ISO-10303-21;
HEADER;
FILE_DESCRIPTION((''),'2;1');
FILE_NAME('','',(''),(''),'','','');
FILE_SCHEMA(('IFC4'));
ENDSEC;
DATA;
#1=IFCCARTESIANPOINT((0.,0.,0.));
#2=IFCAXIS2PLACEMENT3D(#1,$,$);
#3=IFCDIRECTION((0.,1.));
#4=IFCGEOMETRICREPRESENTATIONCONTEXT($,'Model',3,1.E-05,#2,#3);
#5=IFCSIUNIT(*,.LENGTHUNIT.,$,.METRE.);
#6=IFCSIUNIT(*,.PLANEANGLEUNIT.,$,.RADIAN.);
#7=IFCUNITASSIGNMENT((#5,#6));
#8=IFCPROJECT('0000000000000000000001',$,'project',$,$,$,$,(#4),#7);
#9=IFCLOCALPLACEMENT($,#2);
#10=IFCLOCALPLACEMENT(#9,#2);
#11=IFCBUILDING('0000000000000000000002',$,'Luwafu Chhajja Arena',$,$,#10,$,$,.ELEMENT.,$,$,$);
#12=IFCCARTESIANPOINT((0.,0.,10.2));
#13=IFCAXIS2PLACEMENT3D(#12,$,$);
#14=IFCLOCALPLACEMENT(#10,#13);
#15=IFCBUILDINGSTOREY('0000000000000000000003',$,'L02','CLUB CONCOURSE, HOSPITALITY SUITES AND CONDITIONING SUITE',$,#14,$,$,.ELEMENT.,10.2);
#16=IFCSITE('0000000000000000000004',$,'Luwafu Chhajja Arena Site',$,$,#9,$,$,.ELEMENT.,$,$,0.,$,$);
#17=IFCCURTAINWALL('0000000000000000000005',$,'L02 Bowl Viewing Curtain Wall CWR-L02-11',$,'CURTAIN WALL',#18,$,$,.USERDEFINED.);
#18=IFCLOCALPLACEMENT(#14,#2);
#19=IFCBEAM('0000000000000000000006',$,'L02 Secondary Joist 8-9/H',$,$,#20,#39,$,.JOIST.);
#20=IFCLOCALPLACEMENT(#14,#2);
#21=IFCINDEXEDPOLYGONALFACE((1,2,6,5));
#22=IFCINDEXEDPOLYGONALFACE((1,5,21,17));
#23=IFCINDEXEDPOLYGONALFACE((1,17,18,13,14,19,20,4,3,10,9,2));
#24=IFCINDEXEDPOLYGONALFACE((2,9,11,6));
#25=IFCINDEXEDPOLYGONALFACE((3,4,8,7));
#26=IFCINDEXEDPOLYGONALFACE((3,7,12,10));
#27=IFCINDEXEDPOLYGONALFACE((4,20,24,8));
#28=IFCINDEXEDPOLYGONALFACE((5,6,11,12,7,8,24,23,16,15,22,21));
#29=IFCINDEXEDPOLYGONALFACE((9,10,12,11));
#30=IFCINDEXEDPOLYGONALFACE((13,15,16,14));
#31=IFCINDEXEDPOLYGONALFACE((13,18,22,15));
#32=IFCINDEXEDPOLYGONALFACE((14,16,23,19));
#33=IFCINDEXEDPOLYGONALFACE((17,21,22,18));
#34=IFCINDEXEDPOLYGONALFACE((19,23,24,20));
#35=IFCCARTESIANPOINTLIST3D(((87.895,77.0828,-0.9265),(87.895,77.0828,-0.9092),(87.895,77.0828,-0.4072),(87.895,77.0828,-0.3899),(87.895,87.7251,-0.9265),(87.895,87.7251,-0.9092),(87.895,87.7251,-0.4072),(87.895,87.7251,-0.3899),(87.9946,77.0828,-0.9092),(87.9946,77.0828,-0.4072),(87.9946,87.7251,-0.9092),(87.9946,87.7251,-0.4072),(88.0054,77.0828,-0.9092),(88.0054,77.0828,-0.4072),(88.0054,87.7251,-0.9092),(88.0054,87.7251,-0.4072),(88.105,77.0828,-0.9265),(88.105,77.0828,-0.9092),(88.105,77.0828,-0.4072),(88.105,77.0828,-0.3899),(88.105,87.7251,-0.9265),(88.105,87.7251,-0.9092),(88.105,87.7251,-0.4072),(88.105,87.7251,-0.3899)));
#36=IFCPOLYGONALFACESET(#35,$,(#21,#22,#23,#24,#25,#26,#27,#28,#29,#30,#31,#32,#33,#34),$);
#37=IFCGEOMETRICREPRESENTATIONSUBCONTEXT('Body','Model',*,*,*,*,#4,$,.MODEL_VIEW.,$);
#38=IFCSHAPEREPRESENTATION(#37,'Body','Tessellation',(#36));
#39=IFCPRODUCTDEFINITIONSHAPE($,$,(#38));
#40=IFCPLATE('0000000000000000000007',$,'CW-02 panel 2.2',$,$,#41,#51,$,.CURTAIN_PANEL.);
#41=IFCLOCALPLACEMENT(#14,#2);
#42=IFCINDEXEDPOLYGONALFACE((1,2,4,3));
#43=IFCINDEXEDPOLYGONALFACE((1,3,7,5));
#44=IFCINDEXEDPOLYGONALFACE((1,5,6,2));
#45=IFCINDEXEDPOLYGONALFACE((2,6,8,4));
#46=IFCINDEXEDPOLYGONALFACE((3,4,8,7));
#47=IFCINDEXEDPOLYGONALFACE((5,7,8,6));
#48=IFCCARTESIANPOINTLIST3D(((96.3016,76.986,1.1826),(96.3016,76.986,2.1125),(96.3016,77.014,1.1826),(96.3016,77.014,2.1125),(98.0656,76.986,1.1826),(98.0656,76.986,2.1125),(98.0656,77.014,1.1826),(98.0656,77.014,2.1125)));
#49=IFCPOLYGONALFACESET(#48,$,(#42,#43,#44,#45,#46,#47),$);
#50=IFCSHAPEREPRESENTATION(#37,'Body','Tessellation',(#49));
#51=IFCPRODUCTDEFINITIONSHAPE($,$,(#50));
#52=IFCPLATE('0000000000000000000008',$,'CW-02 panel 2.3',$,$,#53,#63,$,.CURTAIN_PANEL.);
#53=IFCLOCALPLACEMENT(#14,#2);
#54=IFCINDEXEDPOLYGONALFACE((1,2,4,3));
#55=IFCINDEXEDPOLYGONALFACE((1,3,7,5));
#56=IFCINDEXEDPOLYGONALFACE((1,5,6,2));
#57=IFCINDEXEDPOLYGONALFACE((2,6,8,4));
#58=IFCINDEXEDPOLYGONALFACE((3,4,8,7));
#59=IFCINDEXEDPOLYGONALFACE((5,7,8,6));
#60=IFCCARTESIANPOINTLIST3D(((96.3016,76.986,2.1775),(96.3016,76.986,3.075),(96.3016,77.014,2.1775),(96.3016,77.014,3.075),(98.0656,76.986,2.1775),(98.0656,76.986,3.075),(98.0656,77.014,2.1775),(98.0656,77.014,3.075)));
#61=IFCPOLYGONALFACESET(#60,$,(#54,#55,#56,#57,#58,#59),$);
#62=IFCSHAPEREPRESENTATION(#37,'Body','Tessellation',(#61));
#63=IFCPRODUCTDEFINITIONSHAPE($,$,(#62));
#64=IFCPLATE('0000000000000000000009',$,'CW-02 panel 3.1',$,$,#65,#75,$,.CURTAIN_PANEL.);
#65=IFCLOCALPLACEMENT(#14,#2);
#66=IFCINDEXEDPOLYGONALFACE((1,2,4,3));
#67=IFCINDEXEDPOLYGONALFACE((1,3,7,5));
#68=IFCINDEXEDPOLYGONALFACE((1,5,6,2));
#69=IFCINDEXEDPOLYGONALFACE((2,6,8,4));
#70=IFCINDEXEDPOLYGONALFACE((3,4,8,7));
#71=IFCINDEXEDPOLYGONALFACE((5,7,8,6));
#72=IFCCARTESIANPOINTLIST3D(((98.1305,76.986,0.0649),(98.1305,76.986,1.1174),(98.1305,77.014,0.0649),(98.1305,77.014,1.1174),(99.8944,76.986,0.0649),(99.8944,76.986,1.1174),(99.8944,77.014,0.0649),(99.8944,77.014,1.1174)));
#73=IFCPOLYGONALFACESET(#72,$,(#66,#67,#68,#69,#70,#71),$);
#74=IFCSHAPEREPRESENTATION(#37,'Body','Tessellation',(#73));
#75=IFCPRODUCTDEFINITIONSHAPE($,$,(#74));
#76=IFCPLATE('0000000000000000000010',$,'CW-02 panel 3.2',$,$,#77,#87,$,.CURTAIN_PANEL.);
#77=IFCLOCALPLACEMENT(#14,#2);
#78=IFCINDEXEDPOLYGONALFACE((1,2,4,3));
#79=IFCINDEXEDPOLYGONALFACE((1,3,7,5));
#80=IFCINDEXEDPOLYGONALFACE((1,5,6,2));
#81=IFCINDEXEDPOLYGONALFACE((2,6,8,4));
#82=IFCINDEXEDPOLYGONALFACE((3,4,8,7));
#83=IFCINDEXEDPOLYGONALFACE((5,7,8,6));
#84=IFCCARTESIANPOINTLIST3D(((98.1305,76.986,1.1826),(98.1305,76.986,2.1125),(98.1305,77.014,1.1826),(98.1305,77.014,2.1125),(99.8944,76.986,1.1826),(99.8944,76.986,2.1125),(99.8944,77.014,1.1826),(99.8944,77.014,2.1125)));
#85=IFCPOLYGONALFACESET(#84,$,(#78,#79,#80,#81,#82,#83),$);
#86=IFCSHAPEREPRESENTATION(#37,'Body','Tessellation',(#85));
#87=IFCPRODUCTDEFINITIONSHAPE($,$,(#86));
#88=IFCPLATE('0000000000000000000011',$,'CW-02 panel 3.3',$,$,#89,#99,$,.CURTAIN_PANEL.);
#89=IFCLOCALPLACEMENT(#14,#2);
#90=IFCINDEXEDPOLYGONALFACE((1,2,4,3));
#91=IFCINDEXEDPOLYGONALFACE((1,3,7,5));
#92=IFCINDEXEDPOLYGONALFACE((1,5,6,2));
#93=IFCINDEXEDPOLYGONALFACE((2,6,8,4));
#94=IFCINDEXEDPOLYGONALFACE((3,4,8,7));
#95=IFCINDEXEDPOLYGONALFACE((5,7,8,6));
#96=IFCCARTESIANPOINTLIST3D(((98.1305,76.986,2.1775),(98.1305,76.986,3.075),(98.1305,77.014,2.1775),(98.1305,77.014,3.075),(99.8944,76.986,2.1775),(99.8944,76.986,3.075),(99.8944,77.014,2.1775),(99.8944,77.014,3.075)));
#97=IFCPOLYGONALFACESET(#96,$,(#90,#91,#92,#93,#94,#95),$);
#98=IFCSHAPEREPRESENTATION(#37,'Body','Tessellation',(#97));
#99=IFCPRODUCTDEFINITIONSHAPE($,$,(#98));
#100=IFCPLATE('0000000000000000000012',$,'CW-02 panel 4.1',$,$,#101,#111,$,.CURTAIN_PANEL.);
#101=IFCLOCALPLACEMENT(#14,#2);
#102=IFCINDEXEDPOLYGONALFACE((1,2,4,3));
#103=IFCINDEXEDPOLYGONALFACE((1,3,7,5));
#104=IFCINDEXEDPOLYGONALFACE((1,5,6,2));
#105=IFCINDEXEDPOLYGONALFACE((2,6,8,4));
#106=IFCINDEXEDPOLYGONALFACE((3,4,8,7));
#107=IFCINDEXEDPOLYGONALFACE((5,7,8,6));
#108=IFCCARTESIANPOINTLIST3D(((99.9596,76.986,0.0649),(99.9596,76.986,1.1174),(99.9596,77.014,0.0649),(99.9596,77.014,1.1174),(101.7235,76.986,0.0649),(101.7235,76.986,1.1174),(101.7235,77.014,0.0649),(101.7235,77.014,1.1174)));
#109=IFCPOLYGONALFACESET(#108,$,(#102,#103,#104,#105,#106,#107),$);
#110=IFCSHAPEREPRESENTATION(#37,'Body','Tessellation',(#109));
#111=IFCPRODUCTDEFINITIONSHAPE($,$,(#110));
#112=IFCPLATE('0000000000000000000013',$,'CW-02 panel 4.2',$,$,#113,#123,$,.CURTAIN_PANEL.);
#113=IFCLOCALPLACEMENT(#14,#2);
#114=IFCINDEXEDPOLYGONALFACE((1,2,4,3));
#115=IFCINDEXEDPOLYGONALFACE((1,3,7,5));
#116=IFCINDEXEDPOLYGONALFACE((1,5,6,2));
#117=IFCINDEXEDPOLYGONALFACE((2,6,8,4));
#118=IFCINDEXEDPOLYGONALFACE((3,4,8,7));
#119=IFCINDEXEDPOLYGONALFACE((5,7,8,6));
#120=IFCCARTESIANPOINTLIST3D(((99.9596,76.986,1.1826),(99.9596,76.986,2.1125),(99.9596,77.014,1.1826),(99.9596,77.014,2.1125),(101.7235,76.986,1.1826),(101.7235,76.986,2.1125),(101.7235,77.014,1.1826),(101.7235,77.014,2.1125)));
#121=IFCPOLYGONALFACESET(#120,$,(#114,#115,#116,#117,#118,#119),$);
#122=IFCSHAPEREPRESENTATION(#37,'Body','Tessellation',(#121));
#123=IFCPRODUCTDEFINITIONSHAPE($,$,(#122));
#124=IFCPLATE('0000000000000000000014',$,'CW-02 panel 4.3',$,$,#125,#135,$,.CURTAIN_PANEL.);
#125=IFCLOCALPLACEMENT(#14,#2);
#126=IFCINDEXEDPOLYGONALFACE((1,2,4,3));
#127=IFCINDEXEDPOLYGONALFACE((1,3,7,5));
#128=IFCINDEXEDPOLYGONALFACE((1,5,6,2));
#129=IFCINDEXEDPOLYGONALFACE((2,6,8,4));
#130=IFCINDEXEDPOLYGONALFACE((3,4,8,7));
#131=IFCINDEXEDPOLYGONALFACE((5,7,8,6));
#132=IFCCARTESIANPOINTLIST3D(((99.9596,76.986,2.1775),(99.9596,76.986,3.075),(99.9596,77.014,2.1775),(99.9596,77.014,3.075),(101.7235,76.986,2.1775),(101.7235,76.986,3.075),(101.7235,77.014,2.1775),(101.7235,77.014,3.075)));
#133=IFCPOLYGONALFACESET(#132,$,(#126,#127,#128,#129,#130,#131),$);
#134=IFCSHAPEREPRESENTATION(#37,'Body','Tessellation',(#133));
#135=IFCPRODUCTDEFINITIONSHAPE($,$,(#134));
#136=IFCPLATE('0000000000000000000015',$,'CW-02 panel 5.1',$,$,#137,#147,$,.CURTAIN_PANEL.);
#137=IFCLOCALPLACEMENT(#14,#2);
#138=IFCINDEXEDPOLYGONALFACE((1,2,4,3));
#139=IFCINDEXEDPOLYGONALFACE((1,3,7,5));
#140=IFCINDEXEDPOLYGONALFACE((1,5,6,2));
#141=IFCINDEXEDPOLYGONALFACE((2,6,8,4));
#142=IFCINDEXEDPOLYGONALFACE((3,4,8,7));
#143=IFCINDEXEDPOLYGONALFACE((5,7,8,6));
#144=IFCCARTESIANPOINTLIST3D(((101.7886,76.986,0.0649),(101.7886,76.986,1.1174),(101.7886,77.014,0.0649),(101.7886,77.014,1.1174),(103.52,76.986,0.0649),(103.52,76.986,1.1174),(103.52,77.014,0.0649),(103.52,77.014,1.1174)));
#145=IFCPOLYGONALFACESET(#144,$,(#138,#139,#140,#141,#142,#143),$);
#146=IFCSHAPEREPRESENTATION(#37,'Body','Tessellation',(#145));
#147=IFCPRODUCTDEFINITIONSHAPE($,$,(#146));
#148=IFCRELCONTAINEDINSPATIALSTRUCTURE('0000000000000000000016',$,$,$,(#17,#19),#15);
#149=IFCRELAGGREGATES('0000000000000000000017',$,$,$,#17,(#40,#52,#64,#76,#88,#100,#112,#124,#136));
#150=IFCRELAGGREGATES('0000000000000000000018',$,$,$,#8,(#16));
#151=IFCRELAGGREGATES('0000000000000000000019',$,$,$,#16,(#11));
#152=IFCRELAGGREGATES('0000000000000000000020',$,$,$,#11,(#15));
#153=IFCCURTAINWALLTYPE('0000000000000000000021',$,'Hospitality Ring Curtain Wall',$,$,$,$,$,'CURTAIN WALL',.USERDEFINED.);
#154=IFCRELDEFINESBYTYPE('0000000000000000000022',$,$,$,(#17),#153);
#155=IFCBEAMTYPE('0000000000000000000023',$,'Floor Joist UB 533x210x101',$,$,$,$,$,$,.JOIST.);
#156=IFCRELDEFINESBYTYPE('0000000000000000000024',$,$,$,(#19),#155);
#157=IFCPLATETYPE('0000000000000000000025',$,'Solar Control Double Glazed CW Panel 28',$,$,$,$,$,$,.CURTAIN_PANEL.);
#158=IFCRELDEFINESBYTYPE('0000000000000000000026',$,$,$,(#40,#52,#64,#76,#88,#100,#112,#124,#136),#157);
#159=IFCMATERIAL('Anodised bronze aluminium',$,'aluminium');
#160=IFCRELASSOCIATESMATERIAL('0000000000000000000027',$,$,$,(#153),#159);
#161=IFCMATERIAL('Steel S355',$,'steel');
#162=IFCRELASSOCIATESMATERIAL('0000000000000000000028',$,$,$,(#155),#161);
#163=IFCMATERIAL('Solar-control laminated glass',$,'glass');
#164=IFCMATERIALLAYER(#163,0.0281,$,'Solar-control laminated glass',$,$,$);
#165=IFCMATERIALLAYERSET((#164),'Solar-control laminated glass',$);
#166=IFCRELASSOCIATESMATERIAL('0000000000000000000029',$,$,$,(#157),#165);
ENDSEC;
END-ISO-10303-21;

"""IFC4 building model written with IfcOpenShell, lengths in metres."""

from ifc_helpers import new_model, si_unit, direction, frame, origin, origin_2d, place, context, subcontext, project, spatial, rectangle, i_section, extrude, material, layer, layer_set, material_profile, profile_set, type_object, element, aggregate, save


model = new_model("IFC4")

# Units and contexts
model_context = context("Model", 3, precision=1e-05, world=origin(), true_north=direction((0.0, 1.0)))
body_context = subcontext(model_context, "Body", "Model", "MODEL_VIEW")
ifc_project = project(units=[si_unit("LENGTHUNIT", "METRE"), si_unit("PLANEANGLEUNIT", "RADIAN")], contexts=[model_context])

# Site, building, storey
site_placement = place(None, origin())
site = spatial("IfcSite", under=ifc_project, at=site_placement, Name="Luwafu Chhajja Arena Site", CompositionType="ELEMENT", RefElevation=0.0)
building_placement = place(site_placement, origin())
building = spatial("IfcBuilding", under=site, at=building_placement, Name="Luwafu Chhajja Arena", CompositionType="ELEMENT")
storey_placement = place(building_placement, frame((0.0, 0.0, 10.2)))
storey = spatial("IfcBuildingStorey", under=building, at=storey_placement, Name="L02", Description="CLUB CONCOURSE, HOSPITALITY SUITES AND CONDITIONING SUITE", CompositionType="ELEMENT", Elevation=10.2)

# Curtain wall
ifc_material_1 = material(Name="Anodised bronze aluminium", Category="aluminium")
curtain_wall_type = type_object("IfcCurtainWallType", Name="Hospitality Ring Curtain Wall", ElementType="CURTAIN WALL", PredefinedType="USERDEFINED", material=ifc_material_1)
curtain_wall_placement = place(storey_placement, origin())
curtain_wall = element("IfcCurtainWall", 1, at=curtain_wall_placement, inside=storey, type_object=curtain_wall_type, Name="L02 Bowl Viewing Curtain Wall CWR-L02-11", ObjectType="CURTAIN WALL", PredefinedType="USERDEFINED")

# Beam
ifc_material_2 = material(Name="Steel S355", Category="steel")
ifc_material_profile_1 = material_profile(ifc_material_2, i_section(OverallWidth=0.21, OverallDepth=0.5366, WebThickness=0.0107, FlangeThickness=0.0173, at=origin_2d()), Name="UB 533x210x101")
ifc_profile_set_1 = profile_set([ifc_material_profile_1], Name="Steel S355")
beam_type = type_object("IfcBeamType", Name="Floor Joist UB 533x210x101", PredefinedType="JOIST", material=ifc_profile_set_1)
beam_placement = place(storey_placement, frame((88.0, 77.0828, -0.6582), z_axis=(0.0, 1.0, 0.0), x_axis=(-1.0, 0.0, 0.0)))
element("IfcBeam", 2, at=beam_placement, inside=storey, type_object=beam_type, Name="L02 Secondary Joist 8-9/H", PredefinedType="JOIST", context=body_context, shape_type="SweptSolid", body=[
    extrude(i_section(OverallWidth=0.21, OverallDepth=0.5366, WebThickness=0.0107, FlangeThickness=0.0173, at=origin_2d()), origin(), (0.0, 0.0, 1.0), 10.6423),
])

# Plates
ifc_material_3 = material(Name="Solar-control laminated glass", Category="glass")
ifc_layer = layer(ifc_material_3, 0.0281, Name="Solar-control laminated glass")
ifc_layer_set = layer_set([ifc_layer], Name="Solar-control laminated glass")
plate_type = type_object("IfcPlateType", Name="Solar Control Double Glazed CW Panel 28", PredefinedType="CURTAIN_PANEL", material=ifc_layer_set)
plate_1_placement = place(storey_placement, frame((97.1836, 77.0, 1.1826), z_axis=(0.0, 0.0, 1.0), x_axis=(1.0, 0.0, 0.0)))
plate_1 = element("IfcPlate", 3, at=plate_1_placement, type_object=plate_type, Name="CW-02 panel 2.2", PredefinedType="CURTAIN_PANEL", context=body_context, shape_type="SweptSolid", body=[
    extrude(rectangle(XDim=1.7639, YDim=0.0281, at=origin_2d()), origin(), (0.0, 0.0, 1.0), 0.9299),
])
plate_2_placement = place(storey_placement, frame((97.1836, 77.0, 2.1775), z_axis=(0.0, 0.0, 1.0), x_axis=(1.0, 0.0, 0.0)))
plate_2 = element("IfcPlate", 4, at=plate_2_placement, type_object=plate_type, Name="CW-02 panel 2.3", PredefinedType="CURTAIN_PANEL", context=body_context, shape_type="SweptSolid", body=[
    extrude(rectangle(XDim=1.7639, YDim=0.0281, at=origin_2d()), origin(), (0.0, 0.0, 1.0), 0.8975),
])
plate_3_placement = place(storey_placement, frame((99.0125, 77.0, 0.0649), z_axis=(0.0, 0.0, 1.0), x_axis=(1.0, 0.0, 0.0)))
plate_3 = element("IfcPlate", 5, at=plate_3_placement, type_object=plate_type, Name="CW-02 panel 3.1", PredefinedType="CURTAIN_PANEL", context=body_context, shape_type="SweptSolid", body=[
    extrude(rectangle(XDim=1.7639, YDim=0.0281, at=origin_2d()), origin(), (0.0, 0.0, 1.0), 1.0525),
])
plate_4_placement = place(storey_placement, frame((99.0125, 77.0, 1.1826), z_axis=(0.0, 0.0, 1.0), x_axis=(1.0, 0.0, 0.0)))
plate_4 = element("IfcPlate", 6, at=plate_4_placement, type_object=plate_type, Name="CW-02 panel 3.2", PredefinedType="CURTAIN_PANEL", context=body_context, shape_type="SweptSolid", body=[
    extrude(rectangle(XDim=1.7639, YDim=0.0281, at=origin_2d()), origin(), (0.0, 0.0, 1.0), 0.9299),
])
plate_5_placement = place(storey_placement, frame((99.0125, 77.0, 2.1775), z_axis=(0.0, 0.0, 1.0), x_axis=(1.0, 0.0, 0.0)))
plate_5 = element("IfcPlate", 7, at=plate_5_placement, type_object=plate_type, Name="CW-02 panel 3.3", PredefinedType="CURTAIN_PANEL", context=body_context, shape_type="SweptSolid", body=[
    extrude(rectangle(XDim=1.7639, YDim=0.0281, at=origin_2d()), origin(), (0.0, 0.0, 1.0), 0.8975),
])
plate_6_placement = place(storey_placement, frame((100.8416, 77.0, 0.0649), z_axis=(0.0, 0.0, 1.0), x_axis=(1.0, 0.0, 0.0)))
plate_6 = element("IfcPlate", 8, at=plate_6_placement, type_object=plate_type, Name="CW-02 panel 4.1", PredefinedType="CURTAIN_PANEL", context=body_context, shape_type="SweptSolid", body=[
    extrude(rectangle(XDim=1.7639, YDim=0.0281, at=origin_2d()), origin(), (0.0, 0.0, 1.0), 1.0525),
])
plate_7_placement = place(storey_placement, frame((100.8416, 77.0, 1.1826), z_axis=(0.0, 0.0, 1.0), x_axis=(1.0, 0.0, 0.0)))
plate_7 = element("IfcPlate", 9, at=plate_7_placement, type_object=plate_type, Name="CW-02 panel 4.2", PredefinedType="CURTAIN_PANEL", context=body_context, shape_type="SweptSolid", body=[
    extrude(rectangle(XDim=1.7639, YDim=0.0281, at=origin_2d()), origin(), (0.0, 0.0, 1.0), 0.9299),
])
plate_8_placement = place(storey_placement, frame((100.8416, 77.0, 2.1775), z_axis=(0.0, 0.0, 1.0), x_axis=(1.0, 0.0, 0.0)))
plate_8 = element("IfcPlate", 10, at=plate_8_placement, type_object=plate_type, Name="CW-02 panel 4.3", PredefinedType="CURTAIN_PANEL", context=body_context, shape_type="SweptSolid", body=[
    extrude(rectangle(XDim=1.7639, YDim=0.0281, at=origin_2d()), origin(), (0.0, 0.0, 1.0), 0.8975),
])
plate_9_placement = place(storey_placement, frame((102.6543, 77.0, 0.0649), z_axis=(0.0, 0.0, 1.0), x_axis=(1.0, 0.0, 0.0)))
plate_9 = element("IfcPlate", 11, at=plate_9_placement, type_object=plate_type, Name="CW-02 panel 5.1", PredefinedType="CURTAIN_PANEL", context=body_context, shape_type="SweptSolid", body=[
    extrude(rectangle(XDim=1.7314, YDim=0.0281, at=origin_2d()), origin(), (0.0, 0.0, 1.0), 1.0525),
])
aggregate(curtain_wall, [plate_1, plate_2, plate_3, plate_4, plate_5, plate_6, plate_7, plate_8, plate_9])

save(model, "model.ifc")
